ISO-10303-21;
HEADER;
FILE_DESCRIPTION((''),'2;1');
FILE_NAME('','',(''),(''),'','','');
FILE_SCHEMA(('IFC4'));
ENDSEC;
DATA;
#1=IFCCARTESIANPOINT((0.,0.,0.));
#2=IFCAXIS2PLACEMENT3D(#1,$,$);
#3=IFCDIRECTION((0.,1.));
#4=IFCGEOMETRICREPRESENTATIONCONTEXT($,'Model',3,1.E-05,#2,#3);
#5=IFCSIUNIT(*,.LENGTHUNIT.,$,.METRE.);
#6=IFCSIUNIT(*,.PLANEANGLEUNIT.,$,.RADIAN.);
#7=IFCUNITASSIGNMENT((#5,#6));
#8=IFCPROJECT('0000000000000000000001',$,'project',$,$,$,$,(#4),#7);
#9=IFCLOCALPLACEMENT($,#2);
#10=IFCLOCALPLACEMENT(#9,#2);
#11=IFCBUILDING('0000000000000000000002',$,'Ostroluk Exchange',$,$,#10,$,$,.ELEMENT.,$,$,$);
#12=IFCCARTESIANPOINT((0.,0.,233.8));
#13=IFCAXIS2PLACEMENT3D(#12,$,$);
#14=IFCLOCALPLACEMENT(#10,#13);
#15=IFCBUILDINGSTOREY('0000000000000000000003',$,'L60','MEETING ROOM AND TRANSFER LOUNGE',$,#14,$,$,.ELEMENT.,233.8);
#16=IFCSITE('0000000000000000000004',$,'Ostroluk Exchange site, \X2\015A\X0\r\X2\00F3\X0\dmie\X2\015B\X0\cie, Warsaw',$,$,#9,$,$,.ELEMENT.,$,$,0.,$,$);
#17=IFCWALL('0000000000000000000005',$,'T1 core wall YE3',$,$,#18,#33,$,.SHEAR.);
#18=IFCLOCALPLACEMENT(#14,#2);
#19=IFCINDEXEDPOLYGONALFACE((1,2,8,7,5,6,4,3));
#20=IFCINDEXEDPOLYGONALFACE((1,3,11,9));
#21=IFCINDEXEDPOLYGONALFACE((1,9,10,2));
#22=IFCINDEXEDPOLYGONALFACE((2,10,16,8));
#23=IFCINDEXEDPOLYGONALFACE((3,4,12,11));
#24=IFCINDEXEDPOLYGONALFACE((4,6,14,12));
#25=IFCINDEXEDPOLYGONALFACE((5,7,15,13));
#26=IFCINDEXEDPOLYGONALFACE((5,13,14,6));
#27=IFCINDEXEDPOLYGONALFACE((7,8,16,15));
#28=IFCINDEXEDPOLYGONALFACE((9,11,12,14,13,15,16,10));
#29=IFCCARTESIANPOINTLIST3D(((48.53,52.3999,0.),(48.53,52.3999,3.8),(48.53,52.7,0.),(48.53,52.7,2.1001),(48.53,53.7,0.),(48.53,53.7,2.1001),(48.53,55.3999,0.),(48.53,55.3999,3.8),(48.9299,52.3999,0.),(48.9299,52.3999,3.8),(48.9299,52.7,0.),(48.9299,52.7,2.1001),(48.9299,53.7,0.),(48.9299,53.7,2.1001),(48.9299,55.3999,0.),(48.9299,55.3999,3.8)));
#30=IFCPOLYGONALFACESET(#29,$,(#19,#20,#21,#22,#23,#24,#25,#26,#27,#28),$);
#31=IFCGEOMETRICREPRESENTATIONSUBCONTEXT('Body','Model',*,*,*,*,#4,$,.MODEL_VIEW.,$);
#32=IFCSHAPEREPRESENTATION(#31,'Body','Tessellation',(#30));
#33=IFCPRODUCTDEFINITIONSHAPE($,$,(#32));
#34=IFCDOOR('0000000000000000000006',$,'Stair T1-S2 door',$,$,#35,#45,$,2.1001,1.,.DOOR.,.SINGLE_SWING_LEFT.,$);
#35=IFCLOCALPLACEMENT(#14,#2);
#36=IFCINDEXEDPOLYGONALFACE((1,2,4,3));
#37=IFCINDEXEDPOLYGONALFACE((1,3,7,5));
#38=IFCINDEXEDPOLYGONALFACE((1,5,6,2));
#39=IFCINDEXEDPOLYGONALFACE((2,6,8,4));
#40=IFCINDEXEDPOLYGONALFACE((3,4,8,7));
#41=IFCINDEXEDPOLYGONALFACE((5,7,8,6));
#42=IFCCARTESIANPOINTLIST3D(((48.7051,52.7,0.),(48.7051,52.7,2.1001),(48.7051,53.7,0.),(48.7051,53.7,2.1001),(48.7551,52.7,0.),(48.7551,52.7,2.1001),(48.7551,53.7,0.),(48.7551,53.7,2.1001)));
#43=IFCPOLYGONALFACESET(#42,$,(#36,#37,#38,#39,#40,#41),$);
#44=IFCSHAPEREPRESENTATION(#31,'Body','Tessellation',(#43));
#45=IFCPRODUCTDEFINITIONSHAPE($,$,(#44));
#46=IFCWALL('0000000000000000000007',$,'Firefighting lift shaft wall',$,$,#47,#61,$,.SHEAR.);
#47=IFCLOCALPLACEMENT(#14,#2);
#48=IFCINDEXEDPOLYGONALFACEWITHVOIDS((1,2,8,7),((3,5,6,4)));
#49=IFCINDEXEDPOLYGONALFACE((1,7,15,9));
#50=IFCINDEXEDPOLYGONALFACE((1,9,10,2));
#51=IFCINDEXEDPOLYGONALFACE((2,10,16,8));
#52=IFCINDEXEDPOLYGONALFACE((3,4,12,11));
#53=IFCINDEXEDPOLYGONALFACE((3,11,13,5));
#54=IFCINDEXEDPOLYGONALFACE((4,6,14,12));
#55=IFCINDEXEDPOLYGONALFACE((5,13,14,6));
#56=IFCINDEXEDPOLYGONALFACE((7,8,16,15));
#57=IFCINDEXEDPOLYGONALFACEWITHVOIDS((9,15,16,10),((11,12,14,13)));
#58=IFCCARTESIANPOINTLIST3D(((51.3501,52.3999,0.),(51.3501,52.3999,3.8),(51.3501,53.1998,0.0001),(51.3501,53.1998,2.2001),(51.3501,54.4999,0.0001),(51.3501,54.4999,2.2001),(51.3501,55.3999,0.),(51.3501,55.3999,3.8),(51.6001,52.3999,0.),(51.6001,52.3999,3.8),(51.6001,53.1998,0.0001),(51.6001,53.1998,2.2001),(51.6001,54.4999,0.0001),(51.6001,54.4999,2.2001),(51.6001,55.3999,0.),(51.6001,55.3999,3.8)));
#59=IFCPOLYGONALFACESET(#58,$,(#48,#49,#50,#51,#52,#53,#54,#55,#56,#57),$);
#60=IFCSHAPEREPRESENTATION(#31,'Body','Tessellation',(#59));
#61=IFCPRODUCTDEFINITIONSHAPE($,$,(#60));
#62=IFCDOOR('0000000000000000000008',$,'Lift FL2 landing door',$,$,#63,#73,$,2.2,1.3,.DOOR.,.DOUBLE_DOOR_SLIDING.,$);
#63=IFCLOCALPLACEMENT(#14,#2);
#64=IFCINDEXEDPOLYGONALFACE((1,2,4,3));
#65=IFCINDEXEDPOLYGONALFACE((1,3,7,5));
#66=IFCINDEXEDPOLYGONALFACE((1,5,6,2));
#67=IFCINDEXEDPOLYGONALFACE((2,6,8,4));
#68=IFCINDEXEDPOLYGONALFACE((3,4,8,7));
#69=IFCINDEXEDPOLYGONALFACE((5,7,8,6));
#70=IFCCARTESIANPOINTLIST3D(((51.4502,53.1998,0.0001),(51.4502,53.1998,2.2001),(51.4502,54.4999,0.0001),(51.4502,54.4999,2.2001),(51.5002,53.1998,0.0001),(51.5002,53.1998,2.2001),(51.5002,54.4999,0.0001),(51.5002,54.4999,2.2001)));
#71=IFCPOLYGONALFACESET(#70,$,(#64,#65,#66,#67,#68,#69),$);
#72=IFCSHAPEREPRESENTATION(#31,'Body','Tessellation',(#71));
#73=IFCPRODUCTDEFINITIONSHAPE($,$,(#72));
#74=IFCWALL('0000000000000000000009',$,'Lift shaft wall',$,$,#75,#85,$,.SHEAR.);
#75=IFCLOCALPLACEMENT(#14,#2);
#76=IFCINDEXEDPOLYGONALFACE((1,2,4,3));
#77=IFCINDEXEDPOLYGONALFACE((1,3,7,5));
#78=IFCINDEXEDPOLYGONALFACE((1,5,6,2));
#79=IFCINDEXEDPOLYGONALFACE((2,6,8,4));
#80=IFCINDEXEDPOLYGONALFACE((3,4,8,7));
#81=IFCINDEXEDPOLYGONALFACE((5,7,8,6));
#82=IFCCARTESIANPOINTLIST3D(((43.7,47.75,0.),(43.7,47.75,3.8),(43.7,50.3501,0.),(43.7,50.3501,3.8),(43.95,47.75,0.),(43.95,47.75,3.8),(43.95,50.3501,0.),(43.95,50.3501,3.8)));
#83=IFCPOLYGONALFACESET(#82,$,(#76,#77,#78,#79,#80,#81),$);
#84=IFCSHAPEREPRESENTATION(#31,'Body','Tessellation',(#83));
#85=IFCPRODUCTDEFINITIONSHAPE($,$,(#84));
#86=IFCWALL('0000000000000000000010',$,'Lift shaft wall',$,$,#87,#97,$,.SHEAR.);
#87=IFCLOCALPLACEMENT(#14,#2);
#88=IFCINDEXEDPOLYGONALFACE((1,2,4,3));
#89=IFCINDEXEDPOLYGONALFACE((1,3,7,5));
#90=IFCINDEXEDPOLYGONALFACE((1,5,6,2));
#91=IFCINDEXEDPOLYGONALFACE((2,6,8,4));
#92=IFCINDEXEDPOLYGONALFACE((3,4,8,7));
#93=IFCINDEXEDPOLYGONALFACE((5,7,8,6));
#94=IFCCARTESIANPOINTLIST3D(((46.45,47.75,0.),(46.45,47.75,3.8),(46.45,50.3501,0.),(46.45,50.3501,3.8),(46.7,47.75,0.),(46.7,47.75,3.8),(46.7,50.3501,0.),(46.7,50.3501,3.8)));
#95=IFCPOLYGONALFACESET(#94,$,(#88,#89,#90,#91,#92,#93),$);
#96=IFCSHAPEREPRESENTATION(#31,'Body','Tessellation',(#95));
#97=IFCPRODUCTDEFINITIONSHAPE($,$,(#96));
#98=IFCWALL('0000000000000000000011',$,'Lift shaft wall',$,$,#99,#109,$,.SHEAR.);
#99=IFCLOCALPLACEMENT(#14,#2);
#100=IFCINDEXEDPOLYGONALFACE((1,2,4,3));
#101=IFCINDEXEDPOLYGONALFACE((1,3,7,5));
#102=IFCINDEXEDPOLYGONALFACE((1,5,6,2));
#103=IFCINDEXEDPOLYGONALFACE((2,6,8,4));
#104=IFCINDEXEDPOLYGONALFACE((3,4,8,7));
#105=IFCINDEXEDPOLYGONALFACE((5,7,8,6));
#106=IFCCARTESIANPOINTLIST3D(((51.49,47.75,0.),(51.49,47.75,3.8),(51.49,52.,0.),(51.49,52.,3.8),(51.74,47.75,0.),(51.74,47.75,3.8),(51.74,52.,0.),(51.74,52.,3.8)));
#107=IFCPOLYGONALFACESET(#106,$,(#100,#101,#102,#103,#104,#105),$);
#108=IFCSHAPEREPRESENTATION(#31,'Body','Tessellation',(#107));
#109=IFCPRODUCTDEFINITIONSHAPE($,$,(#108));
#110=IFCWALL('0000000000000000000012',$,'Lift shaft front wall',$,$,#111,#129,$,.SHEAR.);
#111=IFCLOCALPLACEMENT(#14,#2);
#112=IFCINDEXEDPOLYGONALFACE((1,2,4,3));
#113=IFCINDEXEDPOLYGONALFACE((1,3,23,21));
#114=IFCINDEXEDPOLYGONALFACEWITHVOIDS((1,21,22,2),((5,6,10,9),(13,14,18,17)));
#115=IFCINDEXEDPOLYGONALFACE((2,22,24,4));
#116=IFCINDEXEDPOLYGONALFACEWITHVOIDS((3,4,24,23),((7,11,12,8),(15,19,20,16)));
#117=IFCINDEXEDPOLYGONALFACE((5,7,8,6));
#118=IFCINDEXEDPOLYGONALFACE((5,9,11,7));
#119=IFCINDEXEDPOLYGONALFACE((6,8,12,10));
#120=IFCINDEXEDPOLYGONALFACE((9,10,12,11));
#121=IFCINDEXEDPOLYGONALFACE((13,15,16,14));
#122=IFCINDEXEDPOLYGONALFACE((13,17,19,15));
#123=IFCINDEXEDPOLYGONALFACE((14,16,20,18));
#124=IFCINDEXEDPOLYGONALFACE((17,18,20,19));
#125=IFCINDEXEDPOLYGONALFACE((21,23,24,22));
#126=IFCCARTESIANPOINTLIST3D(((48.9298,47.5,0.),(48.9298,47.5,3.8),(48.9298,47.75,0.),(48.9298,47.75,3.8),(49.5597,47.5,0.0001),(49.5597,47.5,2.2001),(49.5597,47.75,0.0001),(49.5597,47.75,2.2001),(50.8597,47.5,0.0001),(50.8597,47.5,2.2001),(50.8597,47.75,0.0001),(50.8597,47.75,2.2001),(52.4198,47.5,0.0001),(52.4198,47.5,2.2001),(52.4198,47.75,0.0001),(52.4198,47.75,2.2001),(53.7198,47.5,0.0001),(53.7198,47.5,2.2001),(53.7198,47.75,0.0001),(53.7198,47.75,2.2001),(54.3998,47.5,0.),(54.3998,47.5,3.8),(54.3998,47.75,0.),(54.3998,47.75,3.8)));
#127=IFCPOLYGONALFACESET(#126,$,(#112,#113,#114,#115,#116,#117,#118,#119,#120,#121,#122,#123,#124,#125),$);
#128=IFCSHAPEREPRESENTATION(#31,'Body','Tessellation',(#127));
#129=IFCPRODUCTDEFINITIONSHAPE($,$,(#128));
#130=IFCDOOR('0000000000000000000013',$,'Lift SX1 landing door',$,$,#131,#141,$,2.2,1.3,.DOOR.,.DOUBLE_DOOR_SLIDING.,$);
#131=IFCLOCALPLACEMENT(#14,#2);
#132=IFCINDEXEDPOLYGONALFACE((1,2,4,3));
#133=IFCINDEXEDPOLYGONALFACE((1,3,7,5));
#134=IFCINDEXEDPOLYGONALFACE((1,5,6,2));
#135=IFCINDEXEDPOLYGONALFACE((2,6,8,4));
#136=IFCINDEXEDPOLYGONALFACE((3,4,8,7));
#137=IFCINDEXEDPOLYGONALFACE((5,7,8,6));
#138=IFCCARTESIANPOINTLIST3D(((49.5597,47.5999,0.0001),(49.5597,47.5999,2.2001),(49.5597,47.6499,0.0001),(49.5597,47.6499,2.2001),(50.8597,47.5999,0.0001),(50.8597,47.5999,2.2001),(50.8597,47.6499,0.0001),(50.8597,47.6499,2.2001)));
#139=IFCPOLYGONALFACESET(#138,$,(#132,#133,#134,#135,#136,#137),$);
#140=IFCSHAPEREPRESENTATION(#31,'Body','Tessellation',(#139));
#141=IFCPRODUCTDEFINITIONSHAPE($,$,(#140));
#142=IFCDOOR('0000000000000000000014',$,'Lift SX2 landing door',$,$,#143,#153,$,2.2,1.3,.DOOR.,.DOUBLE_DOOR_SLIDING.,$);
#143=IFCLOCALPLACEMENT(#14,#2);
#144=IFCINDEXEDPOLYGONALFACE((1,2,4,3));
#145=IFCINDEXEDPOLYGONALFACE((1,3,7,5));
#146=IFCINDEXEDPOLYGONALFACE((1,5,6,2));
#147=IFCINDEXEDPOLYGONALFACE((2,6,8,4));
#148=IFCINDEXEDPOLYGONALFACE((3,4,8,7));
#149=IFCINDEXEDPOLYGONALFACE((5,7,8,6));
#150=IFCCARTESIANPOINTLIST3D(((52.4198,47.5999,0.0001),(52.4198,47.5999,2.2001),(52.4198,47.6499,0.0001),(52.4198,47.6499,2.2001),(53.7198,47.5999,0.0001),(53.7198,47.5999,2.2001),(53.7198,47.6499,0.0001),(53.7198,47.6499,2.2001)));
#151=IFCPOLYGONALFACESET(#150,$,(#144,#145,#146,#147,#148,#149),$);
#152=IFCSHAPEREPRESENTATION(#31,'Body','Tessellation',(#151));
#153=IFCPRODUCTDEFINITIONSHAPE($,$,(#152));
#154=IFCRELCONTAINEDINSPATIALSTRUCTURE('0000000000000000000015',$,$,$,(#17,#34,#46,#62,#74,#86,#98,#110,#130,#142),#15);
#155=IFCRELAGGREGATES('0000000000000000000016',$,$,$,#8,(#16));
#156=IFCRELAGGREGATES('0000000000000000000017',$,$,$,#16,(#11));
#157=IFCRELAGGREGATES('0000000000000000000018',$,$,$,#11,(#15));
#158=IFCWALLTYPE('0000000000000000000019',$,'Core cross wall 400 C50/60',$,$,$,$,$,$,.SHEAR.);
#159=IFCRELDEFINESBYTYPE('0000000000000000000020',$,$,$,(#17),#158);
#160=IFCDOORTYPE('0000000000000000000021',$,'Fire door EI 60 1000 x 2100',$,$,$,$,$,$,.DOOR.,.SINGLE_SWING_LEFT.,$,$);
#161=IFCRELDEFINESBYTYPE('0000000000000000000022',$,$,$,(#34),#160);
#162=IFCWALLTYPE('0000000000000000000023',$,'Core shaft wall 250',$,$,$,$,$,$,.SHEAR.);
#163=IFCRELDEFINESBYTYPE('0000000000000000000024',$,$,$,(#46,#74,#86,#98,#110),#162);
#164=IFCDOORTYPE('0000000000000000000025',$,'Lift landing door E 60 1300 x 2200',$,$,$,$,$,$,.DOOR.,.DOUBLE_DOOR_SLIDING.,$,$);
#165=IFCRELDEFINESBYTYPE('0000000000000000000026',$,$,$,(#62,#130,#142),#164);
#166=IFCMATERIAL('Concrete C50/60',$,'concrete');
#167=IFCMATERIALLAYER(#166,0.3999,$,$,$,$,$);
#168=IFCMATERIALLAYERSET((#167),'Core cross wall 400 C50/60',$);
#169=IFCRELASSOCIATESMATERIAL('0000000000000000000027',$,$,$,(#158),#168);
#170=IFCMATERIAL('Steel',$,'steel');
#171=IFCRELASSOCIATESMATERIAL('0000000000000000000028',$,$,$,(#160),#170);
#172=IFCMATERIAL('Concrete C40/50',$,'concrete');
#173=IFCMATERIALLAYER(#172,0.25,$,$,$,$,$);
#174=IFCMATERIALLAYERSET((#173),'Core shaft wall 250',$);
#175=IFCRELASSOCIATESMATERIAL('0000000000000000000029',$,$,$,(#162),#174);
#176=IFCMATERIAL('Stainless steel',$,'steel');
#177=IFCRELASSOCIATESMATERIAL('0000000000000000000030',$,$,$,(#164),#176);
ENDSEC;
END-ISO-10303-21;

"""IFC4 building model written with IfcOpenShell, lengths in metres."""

from ifc_helpers import new_model, si_unit, direction, frame, frame_2d, origin, place, context, subcontext, project, spatial, rectangle, extrude, material, layer, layer_set, type_object, element, fill, save


model = new_model("IFC4")

# Units and contexts
model_context = context("Model", 3, precision=1e-05, world=origin(), true_north=direction((0.0, 1.0)))
body_context = subcontext(model_context, "Body", "Model", "MODEL_VIEW")
ifc_project = project(units=[si_unit("LENGTHUNIT", "METRE"), si_unit("PLANEANGLEUNIT", "RADIAN")], contexts=[model_context])

# Site, building, storey
site_placement = place(None, origin())
site = spatial("IfcSite", under=ifc_project, at=site_placement, Name="Ostroluk Exchange site, Śródmieście, Warsaw", CompositionType="ELEMENT", RefElevation=0.0)
building_placement = place(site_placement, origin())
building = spatial("IfcBuilding", under=site, at=building_placement, Name="Ostroluk Exchange", CompositionType="ELEMENT")
storey_placement = place(building_placement, frame((0.0, 0.0, 233.8)))
storey = spatial("IfcBuildingStorey", under=building, at=storey_placement, Name="L60", Description="MEETING ROOM AND TRANSFER LOUNGE", CompositionType="ELEMENT", Elevation=233.8)

# Walls, openings, doors
ifc_material_1 = material(Name="Concrete C50/60", Category="concrete")
ifc_layer_1 = layer(ifc_material_1, 0.3999)
ifc_layer_set_1 = layer_set([ifc_layer_1], Name="Core cross wall 400 C50/60")
wall_type_1 = type_object("IfcWallType", Name="Core cross wall 400 C50/60", PredefinedType="SHEAR", material=ifc_layer_set_1)
wall_1_placement = place(storey_placement, frame((48.73, 52.3999, 0.0), z_axis=(0.0, 0.0, 1.0), x_axis=(0.0, 1.0, 0.0)))
wall_1 = element("IfcWall", 1, at=wall_1_placement, inside=storey, type_object=wall_type_1, Name="T1 core wall YE3", PredefinedType="SHEAR", context=body_context, shape_type="SweptSolid", body=[
    extrude(rectangle(XDim=3.0, YDim=0.3999, at=frame_2d((1.5, 0.0))), origin(), (0.0, 0.0, 1.0), 3.8),
])
opening_1_placement = place(wall_1_placement, frame((0.3, 0.0, 0.0)))
opening_1 = element("IfcOpeningElement", 2, at=opening_1_placement, cuts=wall_1, PredefinedType="OPENING", context=body_context, shape_type="SweptSolid", body=[
    extrude(rectangle(XDim=1.0, YDim=2.1001, at=frame_2d((0.5, 1.05))), frame((0.0, 0.21, 0.0), z_axis=(0.0, -1.0, 0.0), x_axis=(1.0, 0.0, 0.0)), (0.0, 0.0, 1.0), 0.4199),
])
ifc_material_2 = material(Name="Steel", Category="steel")
door_type_1 = type_object("IfcDoorType", Name="Fire door EI 60 1000 x 2100", OperationType="SINGLE_SWING_LEFT", PredefinedType="DOOR", material=ifc_material_2)
door_1_placement = place(opening_1_placement, origin())
door_1 = element("IfcDoor", 3, at=door_1_placement, inside=storey, type_object=door_type_1, Name="Stair T1-S2 door", OperationType="SINGLE_SWING_LEFT", OverallHeight=2.1001, OverallWidth=1.0, PredefinedType="DOOR", context=body_context, shape_type="SweptSolid", body=[
    extrude(rectangle(XDim=1.0, YDim=2.1001, at=frame_2d((0.5, 1.05))), frame((0.0, 0.0249, 0.0), z_axis=(0.0, -1.0, 0.0), x_axis=(1.0, 0.0, 0.0)), (0.0, 0.0, 1.0), 0.05),
])
fill(opening_1, door_1)
ifc_material_3 = material(Name="Concrete C40/50", Category="concrete")
ifc_layer_2 = layer(ifc_material_3, 0.25)
ifc_layer_set_2 = layer_set([ifc_layer_2], Name="Core shaft wall 250")
wall_type_2 = type_object("IfcWallType", Name="Core shaft wall 250", PredefinedType="SHEAR", material=ifc_layer_set_2)
wall_2_placement = place(storey_placement, frame((51.4751, 52.3999, 0.0), z_axis=(0.0, 0.0, 1.0), x_axis=(0.0, 1.0, 0.0)))
wall_2 = element("IfcWall", 4, at=wall_2_placement, inside=storey, type_object=wall_type_2, Name="Firefighting lift shaft wall", PredefinedType="SHEAR", context=body_context, shape_type="SweptSolid", body=[
    extrude(rectangle(XDim=3.0, YDim=0.25, at=frame_2d((1.5, 0.0))), origin(), (0.0, 0.0, 1.0), 3.8),
])
opening_2_placement = place(wall_2_placement, frame((0.8, 0.0, 0.0)))
opening_2 = element("IfcOpeningElement", 5, at=opening_2_placement, cuts=wall_2, PredefinedType="OPENING", context=body_context, shape_type="SweptSolid", body=[
    extrude(rectangle(XDim=1.3, YDim=2.2, at=frame_2d((0.6499, 1.1001))), frame((0.0, 0.135, 0.0), z_axis=(0.0, -1.0, 0.0), x_axis=(1.0, 0.0, 0.0)), (0.0, 0.0, 1.0), 0.27),
])
ifc_material_4 = material(Name="Stainless steel", Category="steel")
door_type_2 = type_object("IfcDoorType", Name="Lift landing door E 60 1300 x 2200", OperationType="DOUBLE_DOOR_SLIDING", PredefinedType="DOOR", material=ifc_material_4)
door_2_placement = place(opening_2_placement, origin())
door_2 = element("IfcDoor", 6, at=door_2_placement, inside=storey, type_object=door_type_2, Name="Lift FL2 landing door", OperationType="DOUBLE_DOOR_SLIDING", OverallHeight=2.2, OverallWidth=1.3, PredefinedType="DOOR", context=body_context, shape_type="SweptSolid", body=[
    extrude(rectangle(XDim=1.3, YDim=2.2, at=frame_2d((0.6499, 1.1001))), frame((0.0, 0.0249, 0.0), z_axis=(0.0, -1.0, 0.0), x_axis=(1.0, 0.0, 0.0)), (0.0, 0.0, 1.0), 0.05),
])
fill(opening_2, door_2)

# Walls
for number, where, z_axis, x_axis, name in (
    (7, (43.825, 47.75, 0.0), (0.0, 0.0, 1.0), (0.0, 1.0, 0.0), "Lift shaft wall"),
    (8, (46.575, 47.75, 0.0), (0.0, 0.0, 1.0), (0.0, 1.0, 0.0), "Lift shaft wall"),
):
    element("IfcWall", number, at=place(storey_placement, frame(where, z_axis=z_axis, x_axis=x_axis)), inside=storey, type_object=wall_type_2, Name=name, PredefinedType="SHEAR", context=body_context, shape_type="SweptSolid", body=[
        extrude(rectangle(XDim=2.6001, YDim=0.25, at=frame_2d((1.3, 0.0))), origin(), (0.0, 0.0, 1.0), 3.8),
    ])
wall_3_placement = place(storey_placement, frame((51.615, 47.75, 0.0), z_axis=(0.0, 0.0, 1.0), x_axis=(0.0, 1.0, 0.0)))
element("IfcWall", 9, at=wall_3_placement, inside=storey, type_object=wall_type_2, Name="Lift shaft wall", PredefinedType="SHEAR", context=body_context, shape_type="SweptSolid", body=[
    extrude(rectangle(XDim=4.25, YDim=0.25, at=frame_2d((2.125, 0.0))), origin(), (0.0, 0.0, 1.0), 3.8),
])

# Wall, openings, doors
wall_4_placement = place(storey_placement, frame((48.9299, 47.625, 0.0), z_axis=(0.0, 0.0, 1.0), x_axis=(1.0, 0.0, 0.0)))
wall_4 = element("IfcWall", 10, at=wall_4_placement, inside=storey, type_object=wall_type_2, Name="Lift shaft front wall", PredefinedType="SHEAR", context=body_context, shape_type="SweptSolid", body=[
    extrude(rectangle(XDim=5.47, YDim=0.25, at=frame_2d((2.7349, 0.0))), origin(), (0.0, 0.0, 1.0), 3.8),
])
opening_3_placement = place(wall_4_placement, frame((0.6299, 0.0, 0.0)))
opening_3 = element("IfcOpeningElement", 11, at=opening_3_placement, cuts=wall_4, PredefinedType="OPENING", context=body_context, shape_type="SweptSolid", body=[
    extrude(rectangle(XDim=1.3, YDim=2.2, at=frame_2d((0.6499, 1.1001))), frame((0.0, 0.135, 0.0), z_axis=(0.0, -1.0, 0.0), x_axis=(1.0, 0.0, 0.0)), (0.0, 0.0, 1.0), 0.27),
])
opening_4_placement = place(wall_4_placement, frame((3.49, 0.0, 0.0)))
opening_4 = element("IfcOpeningElement", 12, at=opening_4_placement, cuts=wall_4, PredefinedType="OPENING", context=body_context, shape_type="SweptSolid", body=[
    extrude(rectangle(XDim=1.3, YDim=2.2, at=frame_2d((0.6499, 1.1001))), frame((0.0, 0.135, 0.0), z_axis=(0.0, -1.0, 0.0), x_axis=(1.0, 0.0, 0.0)), (0.0, 0.0, 1.0), 0.27),
])
door_3_placement = place(opening_3_placement, origin())
door_3 = element("IfcDoor", 13, at=door_3_placement, inside=storey, type_object=door_type_2, Name="Lift SX1 landing door", OperationType="DOUBLE_DOOR_SLIDING", OverallHeight=2.2, OverallWidth=1.3, PredefinedType="DOOR", context=body_context, shape_type="SweptSolid", body=[
    extrude(rectangle(XDim=1.3, YDim=2.2, at=frame_2d((0.6499, 1.1001))), frame((0.0, 0.0249, 0.0), z_axis=(0.0, -1.0, 0.0), x_axis=(1.0, 0.0, 0.0)), (0.0, 0.0, 1.0), 0.05),
])
fill(opening_3, door_3)
door_4_placement = place(opening_4_placement, origin())
door_4 = element("IfcDoor", 14, at=door_4_placement, inside=storey, type_object=door_type_2, Name="Lift SX2 landing door", OperationType="DOUBLE_DOOR_SLIDING", OverallHeight=2.2, OverallWidth=1.3, PredefinedType="DOOR", context=body_context, shape_type="SweptSolid", body=[
    extrude(rectangle(XDim=1.3, YDim=2.2, at=frame_2d((0.6499, 1.1001))), frame((0.0, 0.0249, 0.0), z_axis=(0.0, -1.0, 0.0), x_axis=(1.0, 0.0, 0.0)), (0.0, 0.0, 1.0), 0.05),
])
fill(opening_4, door_4)

save(model, "model.ifc")
